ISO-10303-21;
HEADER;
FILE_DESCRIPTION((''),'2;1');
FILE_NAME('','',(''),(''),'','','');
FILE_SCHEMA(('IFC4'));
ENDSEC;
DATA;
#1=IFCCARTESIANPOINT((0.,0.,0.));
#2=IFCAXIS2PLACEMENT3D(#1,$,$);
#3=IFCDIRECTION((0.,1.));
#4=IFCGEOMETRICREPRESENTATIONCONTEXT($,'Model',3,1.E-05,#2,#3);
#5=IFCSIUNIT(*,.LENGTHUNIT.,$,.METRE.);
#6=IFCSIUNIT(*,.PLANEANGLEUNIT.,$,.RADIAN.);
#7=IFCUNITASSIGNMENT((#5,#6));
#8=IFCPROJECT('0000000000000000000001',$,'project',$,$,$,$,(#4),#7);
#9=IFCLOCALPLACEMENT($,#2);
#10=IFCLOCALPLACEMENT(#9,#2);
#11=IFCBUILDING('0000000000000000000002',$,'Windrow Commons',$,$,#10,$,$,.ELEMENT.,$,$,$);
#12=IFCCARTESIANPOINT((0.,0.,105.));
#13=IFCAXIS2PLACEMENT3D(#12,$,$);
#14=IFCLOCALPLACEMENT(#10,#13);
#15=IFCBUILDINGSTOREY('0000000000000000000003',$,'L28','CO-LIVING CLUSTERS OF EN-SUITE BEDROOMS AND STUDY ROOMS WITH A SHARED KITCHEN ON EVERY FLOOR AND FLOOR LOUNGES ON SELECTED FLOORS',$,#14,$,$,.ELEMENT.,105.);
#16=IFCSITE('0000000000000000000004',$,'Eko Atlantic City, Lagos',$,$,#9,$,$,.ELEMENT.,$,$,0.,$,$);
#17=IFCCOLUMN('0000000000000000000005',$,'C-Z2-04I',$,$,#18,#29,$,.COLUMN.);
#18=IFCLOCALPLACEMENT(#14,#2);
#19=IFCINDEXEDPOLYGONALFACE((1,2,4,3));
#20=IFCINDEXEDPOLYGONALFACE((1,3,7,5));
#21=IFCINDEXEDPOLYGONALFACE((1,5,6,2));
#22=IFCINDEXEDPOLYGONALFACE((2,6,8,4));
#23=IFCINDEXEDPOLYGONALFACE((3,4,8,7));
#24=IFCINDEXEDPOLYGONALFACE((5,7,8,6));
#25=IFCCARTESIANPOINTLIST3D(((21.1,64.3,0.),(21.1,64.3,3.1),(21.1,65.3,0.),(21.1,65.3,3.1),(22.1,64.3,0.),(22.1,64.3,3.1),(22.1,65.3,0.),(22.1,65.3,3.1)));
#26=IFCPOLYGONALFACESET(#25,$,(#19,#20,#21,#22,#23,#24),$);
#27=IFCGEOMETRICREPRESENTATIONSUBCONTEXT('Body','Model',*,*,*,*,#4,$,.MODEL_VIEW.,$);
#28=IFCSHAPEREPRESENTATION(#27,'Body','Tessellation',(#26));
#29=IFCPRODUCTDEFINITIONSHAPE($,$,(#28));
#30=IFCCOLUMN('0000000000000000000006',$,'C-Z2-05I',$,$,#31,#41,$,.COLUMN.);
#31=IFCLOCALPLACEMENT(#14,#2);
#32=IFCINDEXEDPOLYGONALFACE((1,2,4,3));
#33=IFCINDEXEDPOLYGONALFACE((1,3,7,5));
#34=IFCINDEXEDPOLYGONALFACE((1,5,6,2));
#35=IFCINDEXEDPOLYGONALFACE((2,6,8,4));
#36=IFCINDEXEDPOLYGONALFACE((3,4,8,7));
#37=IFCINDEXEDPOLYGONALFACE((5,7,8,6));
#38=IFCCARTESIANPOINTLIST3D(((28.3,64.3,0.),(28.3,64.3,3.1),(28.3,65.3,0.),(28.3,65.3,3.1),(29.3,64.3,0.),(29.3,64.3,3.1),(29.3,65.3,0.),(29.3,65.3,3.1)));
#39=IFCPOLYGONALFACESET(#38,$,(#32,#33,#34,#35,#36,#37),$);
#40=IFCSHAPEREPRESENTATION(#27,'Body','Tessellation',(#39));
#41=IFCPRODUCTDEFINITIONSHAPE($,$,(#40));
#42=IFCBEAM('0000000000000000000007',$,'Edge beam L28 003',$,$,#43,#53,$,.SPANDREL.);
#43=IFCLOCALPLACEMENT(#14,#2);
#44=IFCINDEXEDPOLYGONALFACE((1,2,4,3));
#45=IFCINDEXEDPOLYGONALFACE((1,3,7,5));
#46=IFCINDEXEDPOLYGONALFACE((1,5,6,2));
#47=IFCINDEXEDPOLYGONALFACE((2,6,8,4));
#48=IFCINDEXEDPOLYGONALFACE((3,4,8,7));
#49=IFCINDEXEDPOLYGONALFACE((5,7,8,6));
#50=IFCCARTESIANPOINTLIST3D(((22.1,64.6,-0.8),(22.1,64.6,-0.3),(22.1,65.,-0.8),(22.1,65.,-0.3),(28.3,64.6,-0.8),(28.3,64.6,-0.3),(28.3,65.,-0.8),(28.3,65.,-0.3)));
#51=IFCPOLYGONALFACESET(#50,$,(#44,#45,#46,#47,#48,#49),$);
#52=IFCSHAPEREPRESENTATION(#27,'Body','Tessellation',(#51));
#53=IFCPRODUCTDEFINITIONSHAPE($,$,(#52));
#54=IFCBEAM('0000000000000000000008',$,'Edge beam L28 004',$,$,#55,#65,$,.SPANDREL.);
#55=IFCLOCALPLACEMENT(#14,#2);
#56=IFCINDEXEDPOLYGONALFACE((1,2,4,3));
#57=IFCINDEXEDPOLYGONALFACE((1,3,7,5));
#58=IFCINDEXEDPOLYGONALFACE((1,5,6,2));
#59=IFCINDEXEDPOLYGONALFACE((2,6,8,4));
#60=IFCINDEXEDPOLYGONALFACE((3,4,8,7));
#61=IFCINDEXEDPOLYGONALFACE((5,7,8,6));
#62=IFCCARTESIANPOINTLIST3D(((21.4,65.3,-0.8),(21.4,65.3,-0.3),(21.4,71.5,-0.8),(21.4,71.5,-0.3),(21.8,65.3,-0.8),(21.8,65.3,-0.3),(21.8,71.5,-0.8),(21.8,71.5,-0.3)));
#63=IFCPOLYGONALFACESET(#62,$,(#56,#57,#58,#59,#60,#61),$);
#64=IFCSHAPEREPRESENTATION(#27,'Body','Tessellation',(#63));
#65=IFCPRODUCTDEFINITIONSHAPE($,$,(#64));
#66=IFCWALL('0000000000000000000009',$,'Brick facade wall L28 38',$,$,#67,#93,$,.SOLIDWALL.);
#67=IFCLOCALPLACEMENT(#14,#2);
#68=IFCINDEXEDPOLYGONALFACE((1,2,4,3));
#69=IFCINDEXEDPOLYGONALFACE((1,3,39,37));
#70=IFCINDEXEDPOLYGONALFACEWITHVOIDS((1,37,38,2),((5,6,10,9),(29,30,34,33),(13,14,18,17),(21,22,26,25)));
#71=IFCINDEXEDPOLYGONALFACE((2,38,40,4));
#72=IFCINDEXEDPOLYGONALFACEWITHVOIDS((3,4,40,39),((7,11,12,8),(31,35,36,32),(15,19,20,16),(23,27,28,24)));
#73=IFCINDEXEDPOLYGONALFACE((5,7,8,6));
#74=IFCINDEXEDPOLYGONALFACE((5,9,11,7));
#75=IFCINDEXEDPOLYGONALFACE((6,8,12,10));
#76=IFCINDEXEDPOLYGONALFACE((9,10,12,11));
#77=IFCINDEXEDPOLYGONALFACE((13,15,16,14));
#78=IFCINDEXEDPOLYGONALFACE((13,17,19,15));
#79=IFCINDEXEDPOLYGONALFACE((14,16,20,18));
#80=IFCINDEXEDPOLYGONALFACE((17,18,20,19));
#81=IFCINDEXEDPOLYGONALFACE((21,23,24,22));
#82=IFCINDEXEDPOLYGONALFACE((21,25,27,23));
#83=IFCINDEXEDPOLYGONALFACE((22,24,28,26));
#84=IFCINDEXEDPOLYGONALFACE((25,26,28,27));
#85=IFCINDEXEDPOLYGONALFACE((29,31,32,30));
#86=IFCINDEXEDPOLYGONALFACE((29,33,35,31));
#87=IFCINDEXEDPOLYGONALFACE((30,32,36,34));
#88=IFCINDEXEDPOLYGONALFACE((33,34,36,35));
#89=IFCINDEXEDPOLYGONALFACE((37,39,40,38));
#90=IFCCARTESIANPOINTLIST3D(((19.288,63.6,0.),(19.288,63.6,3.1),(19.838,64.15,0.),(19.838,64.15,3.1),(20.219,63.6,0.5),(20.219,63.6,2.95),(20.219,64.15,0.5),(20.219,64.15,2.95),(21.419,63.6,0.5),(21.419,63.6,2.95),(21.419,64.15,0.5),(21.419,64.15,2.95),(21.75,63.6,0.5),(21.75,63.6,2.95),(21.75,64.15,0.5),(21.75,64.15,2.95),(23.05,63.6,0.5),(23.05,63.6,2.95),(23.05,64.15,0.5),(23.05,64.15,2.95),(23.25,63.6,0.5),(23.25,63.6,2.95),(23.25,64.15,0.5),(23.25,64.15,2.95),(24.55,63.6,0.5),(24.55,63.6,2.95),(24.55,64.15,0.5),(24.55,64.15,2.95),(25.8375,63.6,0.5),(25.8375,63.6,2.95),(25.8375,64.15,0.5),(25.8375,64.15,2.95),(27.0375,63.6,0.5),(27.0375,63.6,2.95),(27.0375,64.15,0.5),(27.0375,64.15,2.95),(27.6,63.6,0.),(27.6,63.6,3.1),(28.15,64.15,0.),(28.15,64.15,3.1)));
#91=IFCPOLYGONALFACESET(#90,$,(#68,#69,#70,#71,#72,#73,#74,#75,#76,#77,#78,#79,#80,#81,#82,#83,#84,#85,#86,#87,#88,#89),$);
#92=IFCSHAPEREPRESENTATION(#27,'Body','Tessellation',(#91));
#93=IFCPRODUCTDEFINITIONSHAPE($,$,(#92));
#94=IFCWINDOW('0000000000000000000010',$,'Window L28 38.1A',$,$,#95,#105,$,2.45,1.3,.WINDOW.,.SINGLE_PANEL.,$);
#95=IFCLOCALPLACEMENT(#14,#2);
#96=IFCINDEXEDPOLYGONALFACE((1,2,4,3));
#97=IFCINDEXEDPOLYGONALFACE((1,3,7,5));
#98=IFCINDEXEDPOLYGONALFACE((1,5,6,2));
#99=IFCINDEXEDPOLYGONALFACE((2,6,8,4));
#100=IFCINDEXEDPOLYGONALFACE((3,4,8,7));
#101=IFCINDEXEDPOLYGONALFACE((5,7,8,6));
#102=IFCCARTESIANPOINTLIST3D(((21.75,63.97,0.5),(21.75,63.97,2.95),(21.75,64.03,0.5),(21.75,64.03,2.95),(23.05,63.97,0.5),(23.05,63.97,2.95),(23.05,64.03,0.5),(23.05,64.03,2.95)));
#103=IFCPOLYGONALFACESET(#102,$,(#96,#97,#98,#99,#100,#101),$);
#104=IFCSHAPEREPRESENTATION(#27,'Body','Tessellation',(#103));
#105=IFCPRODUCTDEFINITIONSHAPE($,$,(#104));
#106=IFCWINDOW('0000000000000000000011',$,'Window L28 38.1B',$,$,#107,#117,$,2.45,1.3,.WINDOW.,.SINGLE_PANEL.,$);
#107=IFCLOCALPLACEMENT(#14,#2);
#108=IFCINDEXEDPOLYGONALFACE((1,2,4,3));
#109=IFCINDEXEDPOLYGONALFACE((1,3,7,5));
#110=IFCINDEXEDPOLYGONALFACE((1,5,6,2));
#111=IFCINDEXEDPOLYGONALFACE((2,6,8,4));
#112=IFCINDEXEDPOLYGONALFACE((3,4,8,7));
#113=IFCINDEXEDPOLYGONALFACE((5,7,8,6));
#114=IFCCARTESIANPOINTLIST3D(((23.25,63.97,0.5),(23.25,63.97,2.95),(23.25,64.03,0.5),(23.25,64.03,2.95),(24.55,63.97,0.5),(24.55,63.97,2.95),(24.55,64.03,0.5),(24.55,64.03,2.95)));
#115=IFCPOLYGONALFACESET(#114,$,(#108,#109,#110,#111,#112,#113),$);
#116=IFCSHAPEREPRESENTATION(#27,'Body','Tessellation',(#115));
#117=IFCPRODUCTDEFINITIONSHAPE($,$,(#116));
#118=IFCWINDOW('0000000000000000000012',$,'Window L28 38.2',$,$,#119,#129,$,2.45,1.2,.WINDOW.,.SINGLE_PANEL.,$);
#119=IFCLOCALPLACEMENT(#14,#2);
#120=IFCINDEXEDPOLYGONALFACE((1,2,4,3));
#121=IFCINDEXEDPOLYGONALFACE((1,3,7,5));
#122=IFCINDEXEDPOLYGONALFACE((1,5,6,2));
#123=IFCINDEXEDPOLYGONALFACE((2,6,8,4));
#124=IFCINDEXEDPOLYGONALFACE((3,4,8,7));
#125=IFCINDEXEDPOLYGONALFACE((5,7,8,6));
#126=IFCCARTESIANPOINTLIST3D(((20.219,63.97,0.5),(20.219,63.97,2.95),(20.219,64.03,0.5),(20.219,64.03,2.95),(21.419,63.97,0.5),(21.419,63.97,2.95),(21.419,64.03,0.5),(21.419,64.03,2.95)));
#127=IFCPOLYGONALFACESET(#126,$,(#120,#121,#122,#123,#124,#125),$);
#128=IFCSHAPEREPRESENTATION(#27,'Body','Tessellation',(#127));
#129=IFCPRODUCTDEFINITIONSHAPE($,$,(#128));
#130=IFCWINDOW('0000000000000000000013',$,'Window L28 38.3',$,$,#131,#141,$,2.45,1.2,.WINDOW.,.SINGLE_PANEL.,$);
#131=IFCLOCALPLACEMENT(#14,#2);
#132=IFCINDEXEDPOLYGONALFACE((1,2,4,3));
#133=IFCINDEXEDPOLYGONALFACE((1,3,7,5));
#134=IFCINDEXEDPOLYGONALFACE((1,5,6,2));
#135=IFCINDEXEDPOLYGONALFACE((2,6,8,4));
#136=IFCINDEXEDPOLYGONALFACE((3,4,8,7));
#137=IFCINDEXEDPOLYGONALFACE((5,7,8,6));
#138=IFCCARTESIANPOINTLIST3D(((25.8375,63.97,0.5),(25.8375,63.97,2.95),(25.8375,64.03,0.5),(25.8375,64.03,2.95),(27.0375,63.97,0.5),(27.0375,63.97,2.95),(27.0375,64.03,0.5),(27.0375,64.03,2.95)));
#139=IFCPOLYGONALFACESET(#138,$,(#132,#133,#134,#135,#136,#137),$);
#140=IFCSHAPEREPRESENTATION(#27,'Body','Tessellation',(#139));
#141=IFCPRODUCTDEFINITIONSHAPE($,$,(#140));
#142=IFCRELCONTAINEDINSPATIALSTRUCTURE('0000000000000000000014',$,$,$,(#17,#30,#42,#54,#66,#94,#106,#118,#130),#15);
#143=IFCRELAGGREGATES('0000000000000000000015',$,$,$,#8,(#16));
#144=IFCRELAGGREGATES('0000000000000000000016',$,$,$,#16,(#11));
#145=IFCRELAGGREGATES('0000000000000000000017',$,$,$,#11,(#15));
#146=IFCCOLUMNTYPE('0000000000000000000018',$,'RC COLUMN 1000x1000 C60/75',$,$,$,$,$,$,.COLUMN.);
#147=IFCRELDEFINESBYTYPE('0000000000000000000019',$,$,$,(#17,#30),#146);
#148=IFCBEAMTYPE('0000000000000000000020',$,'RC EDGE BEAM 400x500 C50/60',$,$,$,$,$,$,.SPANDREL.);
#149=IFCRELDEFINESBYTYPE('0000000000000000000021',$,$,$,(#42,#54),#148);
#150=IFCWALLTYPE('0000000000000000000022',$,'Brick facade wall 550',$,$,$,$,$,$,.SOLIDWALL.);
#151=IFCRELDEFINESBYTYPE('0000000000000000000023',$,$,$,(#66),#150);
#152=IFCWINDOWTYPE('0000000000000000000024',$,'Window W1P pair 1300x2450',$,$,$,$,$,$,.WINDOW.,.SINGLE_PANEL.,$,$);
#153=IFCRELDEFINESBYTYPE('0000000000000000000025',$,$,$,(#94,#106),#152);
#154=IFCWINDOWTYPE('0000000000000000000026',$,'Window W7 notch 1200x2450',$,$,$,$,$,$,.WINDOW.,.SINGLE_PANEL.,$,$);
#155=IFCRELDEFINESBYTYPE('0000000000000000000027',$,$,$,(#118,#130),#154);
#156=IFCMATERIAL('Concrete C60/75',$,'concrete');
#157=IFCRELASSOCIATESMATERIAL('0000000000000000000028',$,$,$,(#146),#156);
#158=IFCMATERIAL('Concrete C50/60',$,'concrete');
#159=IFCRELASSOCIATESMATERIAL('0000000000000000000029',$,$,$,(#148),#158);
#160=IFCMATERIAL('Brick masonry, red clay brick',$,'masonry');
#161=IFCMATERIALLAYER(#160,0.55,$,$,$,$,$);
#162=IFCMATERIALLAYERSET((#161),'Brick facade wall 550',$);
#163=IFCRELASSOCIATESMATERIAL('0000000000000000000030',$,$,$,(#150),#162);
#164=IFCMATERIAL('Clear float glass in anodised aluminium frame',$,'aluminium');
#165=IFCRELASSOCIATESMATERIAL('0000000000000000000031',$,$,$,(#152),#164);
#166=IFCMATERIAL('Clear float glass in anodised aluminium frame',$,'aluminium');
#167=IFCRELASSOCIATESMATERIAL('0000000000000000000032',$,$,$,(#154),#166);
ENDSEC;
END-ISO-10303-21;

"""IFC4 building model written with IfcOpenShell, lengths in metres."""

from ifc_helpers import new_model, si_unit, direction, frame, frame_2d, origin, origin_2d, place, context, subcontext, project, spatial, polyline, rectangle, outline, extrude, material, layer, layer_set, material_profile, profile_set, type_object, element, fill, save


model = new_model("IFC4")

# Units and contexts
model_context = context("Model", 3, precision=1e-05, world=origin(), true_north=direction((0.0, 1.0)))
body_context = subcontext(model_context, "Body", "Model", "MODEL_VIEW")
ifc_project = project(units=[si_unit("LENGTHUNIT", "METRE"), si_unit("PLANEANGLEUNIT", "RADIAN")], contexts=[model_context])

# Site, building, storey
site_placement = place(None, origin())
site = spatial("IfcSite", under=ifc_project, at=site_placement, Name="Eko Atlantic City, Lagos", CompositionType="ELEMENT", RefElevation=0.0)
building_placement = place(site_placement, origin())
building = spatial("IfcBuilding", under=site, at=building_placement, Name="Windrow Commons", CompositionType="ELEMENT")
storey_placement = place(building_placement, frame((0.0, 0.0, 105.0)))
storey = spatial("IfcBuildingStorey", under=building, at=storey_placement, Name="L28", Description="CO-LIVING CLUSTERS OF EN-SUITE BEDROOMS AND STUDY ROOMS WITH A SHARED KITCHEN ON EVERY FLOOR AND FLOOR LOUNGES ON SELECTED FLOORS", CompositionType="ELEMENT", Elevation=105.0)

# Columns
ifc_material_1 = material(Name="Concrete C60/75", Category="concrete")
ifc_material_profile_1 = material_profile(ifc_material_1, rectangle(XDim=1.0, YDim=1.0, at=origin_2d()))
ifc_profile_set_1 = profile_set([ifc_material_profile_1], Name="Concrete C60/75")
column_type = type_object("IfcColumnType", Name="RC COLUMN 1000x1000 C60/75", PredefinedType="COLUMN", material=ifc_profile_set_1)
for number, where, z_axis, x_axis, name in (
    (1, (21.6, 64.8, 0.0), (0.0, 0.0, 1.0), (1.0, 0.0, 0.0), "C-Z2-04I"),
    (2, (28.8, 64.8, 0.0), (0.0, 0.0, 1.0), (1.0, 0.0, 0.0), "C-Z2-05I"),
):
    element("IfcColumn", number, at=place(storey_placement, frame(where, z_axis=z_axis, x_axis=x_axis)), inside=storey, type_object=column_type, Name=name, PredefinedType="COLUMN", context=body_context, shape_type="SweptSolid", body=[
        extrude(rectangle(XDim=1.0, YDim=1.0, at=origin_2d()), origin(), (0.0, 0.0, 1.0), 3.1),
    ])

# Beams
ifc_material_2 = material(Name="Concrete C50/60", Category="concrete")
ifc_material_profile_2 = material_profile(ifc_material_2, rectangle(XDim=0.4, YDim=0.5, at=origin_2d()))
ifc_profile_set_2 = profile_set([ifc_material_profile_2], Name="Concrete C50/60")
beam_type = type_object("IfcBeamType", Name="RC EDGE BEAM 400x500 C50/60", PredefinedType="SPANDREL", material=ifc_profile_set_2)
for number, where, z_axis, x_axis, name in (
    (3, (28.3, 64.8, -0.55), (-1.0, 0.0, 0.0), (0.0, -1.0, 0.0), "Edge beam L28 003"),
    (4, (21.6, 65.3, -0.55), (0.0, 1.0, 0.0), (-1.0, 0.0, 0.0), "Edge beam L28 004"),
):
    element("IfcBeam", number, at=place(storey_placement, frame(where, z_axis=z_axis, x_axis=x_axis)), inside=storey, type_object=beam_type, Name=name, PredefinedType="SPANDREL", context=body_context, shape_type="SweptSolid", body=[
        extrude(rectangle(XDim=0.4, YDim=0.5, at=origin_2d()), origin(), (0.0, 0.0, 1.0), 6.2),
    ])

# Wall, openings, windows
ifc_material_3 = material(Name="Brick masonry, red clay brick", Category="masonry")
ifc_layer_1 = layer(ifc_material_3, 0.55)
ifc_layer_set_1 = layer_set([ifc_layer_1], Name="Brick facade wall 550")
wall_type_1 = type_object("IfcWallType", Name="Brick facade wall 550", PredefinedType="SOLIDWALL", material=ifc_layer_set_1)
wall_1_placement = place(storey_placement, frame((19.563, 63.875, 0.0), z_axis=(0.0, 0.0, 1.0), x_axis=(1.0, 0.0, 0.0)))
wall_1 = element("IfcWall", 5, at=wall_1_placement, inside=storey, type_object=wall_type_1, Name="Brick facade wall L28 38", PredefinedType="SOLIDWALL", context=body_context, shape_type="SweptSolid", body=[
    extrude(outline(polyline([(-0.275, -0.275), (8.037, -0.275), (8.587, 0.275), (0.275, 0.275), (-0.275, -0.275)])), origin(), (0.0, 0.0, 1.0), 3.1),
])
opening_1_placement = place(wall_1_placement, frame((2.187, 0.0, 0.5)))
opening_1 = element("IfcOpeningElement", 6, at=opening_1_placement, cuts=wall_1, PredefinedType="OPENING", context=body_context, shape_type="SweptSolid", body=[
    extrude(rectangle(XDim=1.3, YDim=2.45, at=frame_2d((0.65, 1.225))), frame((0.0, 0.285, 0.0), z_axis=(0.0, -1.0, 0.0), x_axis=(1.0, 0.0, 0.0)), (0.0, 0.0, 1.0), 0.57),
])
opening_2_placement = place(wall_1_placement, frame((3.687, 0.0, 0.5)))
opening_2 = element("IfcOpeningElement", 7, at=opening_2_placement, cuts=wall_1, PredefinedType="OPENING", context=body_context, shape_type="SweptSolid", body=[
    extrude(rectangle(XDim=1.3, YDim=2.45, at=frame_2d((0.65, 1.225))), frame((0.0, 0.285, 0.0), z_axis=(0.0, -1.0, 0.0), x_axis=(1.0, 0.0, 0.0)), (0.0, 0.0, 1.0), 0.57),
])
opening_3_placement = place(wall_1_placement, frame((0.656, 0.0, 0.5)))
opening_3 = element("IfcOpeningElement", 8, at=opening_3_placement, cuts=wall_1, PredefinedType="OPENING", context=body_context, shape_type="SweptSolid", body=[
    extrude(rectangle(XDim=1.2, YDim=2.45, at=frame_2d((0.6, 1.225))), frame((0.0, 0.285, 0.0), z_axis=(0.0, -1.0, 0.0), x_axis=(1.0, 0.0, 0.0)), (0.0, 0.0, 1.0), 0.57),
])
opening_4_placement = place(wall_1_placement, frame((6.2745, 0.0, 0.5)))
opening_4 = element("IfcOpeningElement", 9, at=opening_4_placement, cuts=wall_1, PredefinedType="OPENING", context=body_context, shape_type="SweptSolid", body=[
    extrude(rectangle(XDim=1.2, YDim=2.45, at=frame_2d((0.6, 1.225))), frame((0.0, 0.285, 0.0), z_axis=(0.0, -1.0, 0.0), x_axis=(1.0, 0.0, 0.0)), (0.0, 0.0, 1.0), 0.57),
])
ifc_material_4 = material(Name="Clear float glass in anodised aluminium frame", Category="aluminium")
window_type_1 = type_object("IfcWindowType", Name="Window W1P pair 1300x2450", PartitioningType="SINGLE_PANEL", PredefinedType="WINDOW", material=ifc_material_4)
window_1_placement = place(opening_1_placement, origin())
window_1 = element("IfcWindow", 10, at=window_1_placement, inside=storey, type_object=window_type_1, Name="Window L28 38.1A", OverallHeight=2.45, OverallWidth=1.3, PartitioningType="SINGLE_PANEL", PredefinedType="WINDOW", context=body_context, shape_type="SweptSolid", body=[
    extrude(rectangle(XDim=1.3, YDim=2.45, at=frame_2d((0.65, 1.225))), frame((0.0, 0.155, 0.0), z_axis=(0.0, -1.0, 0.0), x_axis=(1.0, 0.0, 0.0)), (0.0, 0.0, 1.0), 0.06),
])
fill(opening_1, window_1)
window_2_placement = place(opening_2_placement, origin())
window_2 = element("IfcWindow", 11, at=window_2_placement, inside=storey, type_object=window_type_1, Name="Window L28 38.1B", OverallHeight=2.45, OverallWidth=1.3, PartitioningType="SINGLE_PANEL", PredefinedType="WINDOW", context=body_context, shape_type="SweptSolid", body=[
    extrude(rectangle(XDim=1.3, YDim=2.45, at=frame_2d((0.65, 1.225))), frame((0.0, 0.155, 0.0), z_axis=(0.0, -1.0, 0.0), x_axis=(1.0, 0.0, 0.0)), (0.0, 0.0, 1.0), 0.06),
])
fill(opening_2, window_2)
ifc_material_5 = material(Name="Clear float glass in anodised aluminium frame", Category="aluminium")
window_type_2 = type_object("IfcWindowType", Name="Window W7 notch 1200x2450", PartitioningType="SINGLE_PANEL", PredefinedType="WINDOW", material=ifc_material_5)
window_3_placement = place(opening_3_placement, origin())
window_3 = element("IfcWindow", 12, at=window_3_placement, inside=storey, type_object=window_type_2, Name="Window L28 38.2", OverallHeight=2.45, OverallWidth=1.2, PartitioningType="SINGLE_PANEL", PredefinedType="WINDOW", context=body_context, shape_type="SweptSolid", body=[
    extrude(rectangle(XDim=1.2, YDim=2.45, at=frame_2d((0.6, 1.225))), frame((0.0, 0.155, 0.0), z_axis=(0.0, -1.0, 0.0), x_axis=(1.0, 0.0, 0.0)), (0.0, 0.0, 1.0), 0.06),
])
fill(opening_3, window_3)
window_4_placement = place(opening_4_placement, origin())
window_4 = element("IfcWindow", 13, at=window_4_placement, inside=storey, type_object=window_type_2, Name="Window L28 38.3", OverallHeight=2.45, OverallWidth=1.2, PartitioningType="SINGLE_PANEL", PredefinedType="WINDOW", context=body_context, shape_type="SweptSolid", body=[
    extrude(rectangle(XDim=1.2, YDim=2.45, at=frame_2d((0.6, 1.225))), frame((0.0, 0.155, 0.0), z_axis=(0.0, -1.0, 0.0), x_axis=(1.0, 0.0, 0.0)), (0.0, 0.0, 1.0), 0.06),
])
fill(opening_4, window_4)

save(model, "model.ifc")
